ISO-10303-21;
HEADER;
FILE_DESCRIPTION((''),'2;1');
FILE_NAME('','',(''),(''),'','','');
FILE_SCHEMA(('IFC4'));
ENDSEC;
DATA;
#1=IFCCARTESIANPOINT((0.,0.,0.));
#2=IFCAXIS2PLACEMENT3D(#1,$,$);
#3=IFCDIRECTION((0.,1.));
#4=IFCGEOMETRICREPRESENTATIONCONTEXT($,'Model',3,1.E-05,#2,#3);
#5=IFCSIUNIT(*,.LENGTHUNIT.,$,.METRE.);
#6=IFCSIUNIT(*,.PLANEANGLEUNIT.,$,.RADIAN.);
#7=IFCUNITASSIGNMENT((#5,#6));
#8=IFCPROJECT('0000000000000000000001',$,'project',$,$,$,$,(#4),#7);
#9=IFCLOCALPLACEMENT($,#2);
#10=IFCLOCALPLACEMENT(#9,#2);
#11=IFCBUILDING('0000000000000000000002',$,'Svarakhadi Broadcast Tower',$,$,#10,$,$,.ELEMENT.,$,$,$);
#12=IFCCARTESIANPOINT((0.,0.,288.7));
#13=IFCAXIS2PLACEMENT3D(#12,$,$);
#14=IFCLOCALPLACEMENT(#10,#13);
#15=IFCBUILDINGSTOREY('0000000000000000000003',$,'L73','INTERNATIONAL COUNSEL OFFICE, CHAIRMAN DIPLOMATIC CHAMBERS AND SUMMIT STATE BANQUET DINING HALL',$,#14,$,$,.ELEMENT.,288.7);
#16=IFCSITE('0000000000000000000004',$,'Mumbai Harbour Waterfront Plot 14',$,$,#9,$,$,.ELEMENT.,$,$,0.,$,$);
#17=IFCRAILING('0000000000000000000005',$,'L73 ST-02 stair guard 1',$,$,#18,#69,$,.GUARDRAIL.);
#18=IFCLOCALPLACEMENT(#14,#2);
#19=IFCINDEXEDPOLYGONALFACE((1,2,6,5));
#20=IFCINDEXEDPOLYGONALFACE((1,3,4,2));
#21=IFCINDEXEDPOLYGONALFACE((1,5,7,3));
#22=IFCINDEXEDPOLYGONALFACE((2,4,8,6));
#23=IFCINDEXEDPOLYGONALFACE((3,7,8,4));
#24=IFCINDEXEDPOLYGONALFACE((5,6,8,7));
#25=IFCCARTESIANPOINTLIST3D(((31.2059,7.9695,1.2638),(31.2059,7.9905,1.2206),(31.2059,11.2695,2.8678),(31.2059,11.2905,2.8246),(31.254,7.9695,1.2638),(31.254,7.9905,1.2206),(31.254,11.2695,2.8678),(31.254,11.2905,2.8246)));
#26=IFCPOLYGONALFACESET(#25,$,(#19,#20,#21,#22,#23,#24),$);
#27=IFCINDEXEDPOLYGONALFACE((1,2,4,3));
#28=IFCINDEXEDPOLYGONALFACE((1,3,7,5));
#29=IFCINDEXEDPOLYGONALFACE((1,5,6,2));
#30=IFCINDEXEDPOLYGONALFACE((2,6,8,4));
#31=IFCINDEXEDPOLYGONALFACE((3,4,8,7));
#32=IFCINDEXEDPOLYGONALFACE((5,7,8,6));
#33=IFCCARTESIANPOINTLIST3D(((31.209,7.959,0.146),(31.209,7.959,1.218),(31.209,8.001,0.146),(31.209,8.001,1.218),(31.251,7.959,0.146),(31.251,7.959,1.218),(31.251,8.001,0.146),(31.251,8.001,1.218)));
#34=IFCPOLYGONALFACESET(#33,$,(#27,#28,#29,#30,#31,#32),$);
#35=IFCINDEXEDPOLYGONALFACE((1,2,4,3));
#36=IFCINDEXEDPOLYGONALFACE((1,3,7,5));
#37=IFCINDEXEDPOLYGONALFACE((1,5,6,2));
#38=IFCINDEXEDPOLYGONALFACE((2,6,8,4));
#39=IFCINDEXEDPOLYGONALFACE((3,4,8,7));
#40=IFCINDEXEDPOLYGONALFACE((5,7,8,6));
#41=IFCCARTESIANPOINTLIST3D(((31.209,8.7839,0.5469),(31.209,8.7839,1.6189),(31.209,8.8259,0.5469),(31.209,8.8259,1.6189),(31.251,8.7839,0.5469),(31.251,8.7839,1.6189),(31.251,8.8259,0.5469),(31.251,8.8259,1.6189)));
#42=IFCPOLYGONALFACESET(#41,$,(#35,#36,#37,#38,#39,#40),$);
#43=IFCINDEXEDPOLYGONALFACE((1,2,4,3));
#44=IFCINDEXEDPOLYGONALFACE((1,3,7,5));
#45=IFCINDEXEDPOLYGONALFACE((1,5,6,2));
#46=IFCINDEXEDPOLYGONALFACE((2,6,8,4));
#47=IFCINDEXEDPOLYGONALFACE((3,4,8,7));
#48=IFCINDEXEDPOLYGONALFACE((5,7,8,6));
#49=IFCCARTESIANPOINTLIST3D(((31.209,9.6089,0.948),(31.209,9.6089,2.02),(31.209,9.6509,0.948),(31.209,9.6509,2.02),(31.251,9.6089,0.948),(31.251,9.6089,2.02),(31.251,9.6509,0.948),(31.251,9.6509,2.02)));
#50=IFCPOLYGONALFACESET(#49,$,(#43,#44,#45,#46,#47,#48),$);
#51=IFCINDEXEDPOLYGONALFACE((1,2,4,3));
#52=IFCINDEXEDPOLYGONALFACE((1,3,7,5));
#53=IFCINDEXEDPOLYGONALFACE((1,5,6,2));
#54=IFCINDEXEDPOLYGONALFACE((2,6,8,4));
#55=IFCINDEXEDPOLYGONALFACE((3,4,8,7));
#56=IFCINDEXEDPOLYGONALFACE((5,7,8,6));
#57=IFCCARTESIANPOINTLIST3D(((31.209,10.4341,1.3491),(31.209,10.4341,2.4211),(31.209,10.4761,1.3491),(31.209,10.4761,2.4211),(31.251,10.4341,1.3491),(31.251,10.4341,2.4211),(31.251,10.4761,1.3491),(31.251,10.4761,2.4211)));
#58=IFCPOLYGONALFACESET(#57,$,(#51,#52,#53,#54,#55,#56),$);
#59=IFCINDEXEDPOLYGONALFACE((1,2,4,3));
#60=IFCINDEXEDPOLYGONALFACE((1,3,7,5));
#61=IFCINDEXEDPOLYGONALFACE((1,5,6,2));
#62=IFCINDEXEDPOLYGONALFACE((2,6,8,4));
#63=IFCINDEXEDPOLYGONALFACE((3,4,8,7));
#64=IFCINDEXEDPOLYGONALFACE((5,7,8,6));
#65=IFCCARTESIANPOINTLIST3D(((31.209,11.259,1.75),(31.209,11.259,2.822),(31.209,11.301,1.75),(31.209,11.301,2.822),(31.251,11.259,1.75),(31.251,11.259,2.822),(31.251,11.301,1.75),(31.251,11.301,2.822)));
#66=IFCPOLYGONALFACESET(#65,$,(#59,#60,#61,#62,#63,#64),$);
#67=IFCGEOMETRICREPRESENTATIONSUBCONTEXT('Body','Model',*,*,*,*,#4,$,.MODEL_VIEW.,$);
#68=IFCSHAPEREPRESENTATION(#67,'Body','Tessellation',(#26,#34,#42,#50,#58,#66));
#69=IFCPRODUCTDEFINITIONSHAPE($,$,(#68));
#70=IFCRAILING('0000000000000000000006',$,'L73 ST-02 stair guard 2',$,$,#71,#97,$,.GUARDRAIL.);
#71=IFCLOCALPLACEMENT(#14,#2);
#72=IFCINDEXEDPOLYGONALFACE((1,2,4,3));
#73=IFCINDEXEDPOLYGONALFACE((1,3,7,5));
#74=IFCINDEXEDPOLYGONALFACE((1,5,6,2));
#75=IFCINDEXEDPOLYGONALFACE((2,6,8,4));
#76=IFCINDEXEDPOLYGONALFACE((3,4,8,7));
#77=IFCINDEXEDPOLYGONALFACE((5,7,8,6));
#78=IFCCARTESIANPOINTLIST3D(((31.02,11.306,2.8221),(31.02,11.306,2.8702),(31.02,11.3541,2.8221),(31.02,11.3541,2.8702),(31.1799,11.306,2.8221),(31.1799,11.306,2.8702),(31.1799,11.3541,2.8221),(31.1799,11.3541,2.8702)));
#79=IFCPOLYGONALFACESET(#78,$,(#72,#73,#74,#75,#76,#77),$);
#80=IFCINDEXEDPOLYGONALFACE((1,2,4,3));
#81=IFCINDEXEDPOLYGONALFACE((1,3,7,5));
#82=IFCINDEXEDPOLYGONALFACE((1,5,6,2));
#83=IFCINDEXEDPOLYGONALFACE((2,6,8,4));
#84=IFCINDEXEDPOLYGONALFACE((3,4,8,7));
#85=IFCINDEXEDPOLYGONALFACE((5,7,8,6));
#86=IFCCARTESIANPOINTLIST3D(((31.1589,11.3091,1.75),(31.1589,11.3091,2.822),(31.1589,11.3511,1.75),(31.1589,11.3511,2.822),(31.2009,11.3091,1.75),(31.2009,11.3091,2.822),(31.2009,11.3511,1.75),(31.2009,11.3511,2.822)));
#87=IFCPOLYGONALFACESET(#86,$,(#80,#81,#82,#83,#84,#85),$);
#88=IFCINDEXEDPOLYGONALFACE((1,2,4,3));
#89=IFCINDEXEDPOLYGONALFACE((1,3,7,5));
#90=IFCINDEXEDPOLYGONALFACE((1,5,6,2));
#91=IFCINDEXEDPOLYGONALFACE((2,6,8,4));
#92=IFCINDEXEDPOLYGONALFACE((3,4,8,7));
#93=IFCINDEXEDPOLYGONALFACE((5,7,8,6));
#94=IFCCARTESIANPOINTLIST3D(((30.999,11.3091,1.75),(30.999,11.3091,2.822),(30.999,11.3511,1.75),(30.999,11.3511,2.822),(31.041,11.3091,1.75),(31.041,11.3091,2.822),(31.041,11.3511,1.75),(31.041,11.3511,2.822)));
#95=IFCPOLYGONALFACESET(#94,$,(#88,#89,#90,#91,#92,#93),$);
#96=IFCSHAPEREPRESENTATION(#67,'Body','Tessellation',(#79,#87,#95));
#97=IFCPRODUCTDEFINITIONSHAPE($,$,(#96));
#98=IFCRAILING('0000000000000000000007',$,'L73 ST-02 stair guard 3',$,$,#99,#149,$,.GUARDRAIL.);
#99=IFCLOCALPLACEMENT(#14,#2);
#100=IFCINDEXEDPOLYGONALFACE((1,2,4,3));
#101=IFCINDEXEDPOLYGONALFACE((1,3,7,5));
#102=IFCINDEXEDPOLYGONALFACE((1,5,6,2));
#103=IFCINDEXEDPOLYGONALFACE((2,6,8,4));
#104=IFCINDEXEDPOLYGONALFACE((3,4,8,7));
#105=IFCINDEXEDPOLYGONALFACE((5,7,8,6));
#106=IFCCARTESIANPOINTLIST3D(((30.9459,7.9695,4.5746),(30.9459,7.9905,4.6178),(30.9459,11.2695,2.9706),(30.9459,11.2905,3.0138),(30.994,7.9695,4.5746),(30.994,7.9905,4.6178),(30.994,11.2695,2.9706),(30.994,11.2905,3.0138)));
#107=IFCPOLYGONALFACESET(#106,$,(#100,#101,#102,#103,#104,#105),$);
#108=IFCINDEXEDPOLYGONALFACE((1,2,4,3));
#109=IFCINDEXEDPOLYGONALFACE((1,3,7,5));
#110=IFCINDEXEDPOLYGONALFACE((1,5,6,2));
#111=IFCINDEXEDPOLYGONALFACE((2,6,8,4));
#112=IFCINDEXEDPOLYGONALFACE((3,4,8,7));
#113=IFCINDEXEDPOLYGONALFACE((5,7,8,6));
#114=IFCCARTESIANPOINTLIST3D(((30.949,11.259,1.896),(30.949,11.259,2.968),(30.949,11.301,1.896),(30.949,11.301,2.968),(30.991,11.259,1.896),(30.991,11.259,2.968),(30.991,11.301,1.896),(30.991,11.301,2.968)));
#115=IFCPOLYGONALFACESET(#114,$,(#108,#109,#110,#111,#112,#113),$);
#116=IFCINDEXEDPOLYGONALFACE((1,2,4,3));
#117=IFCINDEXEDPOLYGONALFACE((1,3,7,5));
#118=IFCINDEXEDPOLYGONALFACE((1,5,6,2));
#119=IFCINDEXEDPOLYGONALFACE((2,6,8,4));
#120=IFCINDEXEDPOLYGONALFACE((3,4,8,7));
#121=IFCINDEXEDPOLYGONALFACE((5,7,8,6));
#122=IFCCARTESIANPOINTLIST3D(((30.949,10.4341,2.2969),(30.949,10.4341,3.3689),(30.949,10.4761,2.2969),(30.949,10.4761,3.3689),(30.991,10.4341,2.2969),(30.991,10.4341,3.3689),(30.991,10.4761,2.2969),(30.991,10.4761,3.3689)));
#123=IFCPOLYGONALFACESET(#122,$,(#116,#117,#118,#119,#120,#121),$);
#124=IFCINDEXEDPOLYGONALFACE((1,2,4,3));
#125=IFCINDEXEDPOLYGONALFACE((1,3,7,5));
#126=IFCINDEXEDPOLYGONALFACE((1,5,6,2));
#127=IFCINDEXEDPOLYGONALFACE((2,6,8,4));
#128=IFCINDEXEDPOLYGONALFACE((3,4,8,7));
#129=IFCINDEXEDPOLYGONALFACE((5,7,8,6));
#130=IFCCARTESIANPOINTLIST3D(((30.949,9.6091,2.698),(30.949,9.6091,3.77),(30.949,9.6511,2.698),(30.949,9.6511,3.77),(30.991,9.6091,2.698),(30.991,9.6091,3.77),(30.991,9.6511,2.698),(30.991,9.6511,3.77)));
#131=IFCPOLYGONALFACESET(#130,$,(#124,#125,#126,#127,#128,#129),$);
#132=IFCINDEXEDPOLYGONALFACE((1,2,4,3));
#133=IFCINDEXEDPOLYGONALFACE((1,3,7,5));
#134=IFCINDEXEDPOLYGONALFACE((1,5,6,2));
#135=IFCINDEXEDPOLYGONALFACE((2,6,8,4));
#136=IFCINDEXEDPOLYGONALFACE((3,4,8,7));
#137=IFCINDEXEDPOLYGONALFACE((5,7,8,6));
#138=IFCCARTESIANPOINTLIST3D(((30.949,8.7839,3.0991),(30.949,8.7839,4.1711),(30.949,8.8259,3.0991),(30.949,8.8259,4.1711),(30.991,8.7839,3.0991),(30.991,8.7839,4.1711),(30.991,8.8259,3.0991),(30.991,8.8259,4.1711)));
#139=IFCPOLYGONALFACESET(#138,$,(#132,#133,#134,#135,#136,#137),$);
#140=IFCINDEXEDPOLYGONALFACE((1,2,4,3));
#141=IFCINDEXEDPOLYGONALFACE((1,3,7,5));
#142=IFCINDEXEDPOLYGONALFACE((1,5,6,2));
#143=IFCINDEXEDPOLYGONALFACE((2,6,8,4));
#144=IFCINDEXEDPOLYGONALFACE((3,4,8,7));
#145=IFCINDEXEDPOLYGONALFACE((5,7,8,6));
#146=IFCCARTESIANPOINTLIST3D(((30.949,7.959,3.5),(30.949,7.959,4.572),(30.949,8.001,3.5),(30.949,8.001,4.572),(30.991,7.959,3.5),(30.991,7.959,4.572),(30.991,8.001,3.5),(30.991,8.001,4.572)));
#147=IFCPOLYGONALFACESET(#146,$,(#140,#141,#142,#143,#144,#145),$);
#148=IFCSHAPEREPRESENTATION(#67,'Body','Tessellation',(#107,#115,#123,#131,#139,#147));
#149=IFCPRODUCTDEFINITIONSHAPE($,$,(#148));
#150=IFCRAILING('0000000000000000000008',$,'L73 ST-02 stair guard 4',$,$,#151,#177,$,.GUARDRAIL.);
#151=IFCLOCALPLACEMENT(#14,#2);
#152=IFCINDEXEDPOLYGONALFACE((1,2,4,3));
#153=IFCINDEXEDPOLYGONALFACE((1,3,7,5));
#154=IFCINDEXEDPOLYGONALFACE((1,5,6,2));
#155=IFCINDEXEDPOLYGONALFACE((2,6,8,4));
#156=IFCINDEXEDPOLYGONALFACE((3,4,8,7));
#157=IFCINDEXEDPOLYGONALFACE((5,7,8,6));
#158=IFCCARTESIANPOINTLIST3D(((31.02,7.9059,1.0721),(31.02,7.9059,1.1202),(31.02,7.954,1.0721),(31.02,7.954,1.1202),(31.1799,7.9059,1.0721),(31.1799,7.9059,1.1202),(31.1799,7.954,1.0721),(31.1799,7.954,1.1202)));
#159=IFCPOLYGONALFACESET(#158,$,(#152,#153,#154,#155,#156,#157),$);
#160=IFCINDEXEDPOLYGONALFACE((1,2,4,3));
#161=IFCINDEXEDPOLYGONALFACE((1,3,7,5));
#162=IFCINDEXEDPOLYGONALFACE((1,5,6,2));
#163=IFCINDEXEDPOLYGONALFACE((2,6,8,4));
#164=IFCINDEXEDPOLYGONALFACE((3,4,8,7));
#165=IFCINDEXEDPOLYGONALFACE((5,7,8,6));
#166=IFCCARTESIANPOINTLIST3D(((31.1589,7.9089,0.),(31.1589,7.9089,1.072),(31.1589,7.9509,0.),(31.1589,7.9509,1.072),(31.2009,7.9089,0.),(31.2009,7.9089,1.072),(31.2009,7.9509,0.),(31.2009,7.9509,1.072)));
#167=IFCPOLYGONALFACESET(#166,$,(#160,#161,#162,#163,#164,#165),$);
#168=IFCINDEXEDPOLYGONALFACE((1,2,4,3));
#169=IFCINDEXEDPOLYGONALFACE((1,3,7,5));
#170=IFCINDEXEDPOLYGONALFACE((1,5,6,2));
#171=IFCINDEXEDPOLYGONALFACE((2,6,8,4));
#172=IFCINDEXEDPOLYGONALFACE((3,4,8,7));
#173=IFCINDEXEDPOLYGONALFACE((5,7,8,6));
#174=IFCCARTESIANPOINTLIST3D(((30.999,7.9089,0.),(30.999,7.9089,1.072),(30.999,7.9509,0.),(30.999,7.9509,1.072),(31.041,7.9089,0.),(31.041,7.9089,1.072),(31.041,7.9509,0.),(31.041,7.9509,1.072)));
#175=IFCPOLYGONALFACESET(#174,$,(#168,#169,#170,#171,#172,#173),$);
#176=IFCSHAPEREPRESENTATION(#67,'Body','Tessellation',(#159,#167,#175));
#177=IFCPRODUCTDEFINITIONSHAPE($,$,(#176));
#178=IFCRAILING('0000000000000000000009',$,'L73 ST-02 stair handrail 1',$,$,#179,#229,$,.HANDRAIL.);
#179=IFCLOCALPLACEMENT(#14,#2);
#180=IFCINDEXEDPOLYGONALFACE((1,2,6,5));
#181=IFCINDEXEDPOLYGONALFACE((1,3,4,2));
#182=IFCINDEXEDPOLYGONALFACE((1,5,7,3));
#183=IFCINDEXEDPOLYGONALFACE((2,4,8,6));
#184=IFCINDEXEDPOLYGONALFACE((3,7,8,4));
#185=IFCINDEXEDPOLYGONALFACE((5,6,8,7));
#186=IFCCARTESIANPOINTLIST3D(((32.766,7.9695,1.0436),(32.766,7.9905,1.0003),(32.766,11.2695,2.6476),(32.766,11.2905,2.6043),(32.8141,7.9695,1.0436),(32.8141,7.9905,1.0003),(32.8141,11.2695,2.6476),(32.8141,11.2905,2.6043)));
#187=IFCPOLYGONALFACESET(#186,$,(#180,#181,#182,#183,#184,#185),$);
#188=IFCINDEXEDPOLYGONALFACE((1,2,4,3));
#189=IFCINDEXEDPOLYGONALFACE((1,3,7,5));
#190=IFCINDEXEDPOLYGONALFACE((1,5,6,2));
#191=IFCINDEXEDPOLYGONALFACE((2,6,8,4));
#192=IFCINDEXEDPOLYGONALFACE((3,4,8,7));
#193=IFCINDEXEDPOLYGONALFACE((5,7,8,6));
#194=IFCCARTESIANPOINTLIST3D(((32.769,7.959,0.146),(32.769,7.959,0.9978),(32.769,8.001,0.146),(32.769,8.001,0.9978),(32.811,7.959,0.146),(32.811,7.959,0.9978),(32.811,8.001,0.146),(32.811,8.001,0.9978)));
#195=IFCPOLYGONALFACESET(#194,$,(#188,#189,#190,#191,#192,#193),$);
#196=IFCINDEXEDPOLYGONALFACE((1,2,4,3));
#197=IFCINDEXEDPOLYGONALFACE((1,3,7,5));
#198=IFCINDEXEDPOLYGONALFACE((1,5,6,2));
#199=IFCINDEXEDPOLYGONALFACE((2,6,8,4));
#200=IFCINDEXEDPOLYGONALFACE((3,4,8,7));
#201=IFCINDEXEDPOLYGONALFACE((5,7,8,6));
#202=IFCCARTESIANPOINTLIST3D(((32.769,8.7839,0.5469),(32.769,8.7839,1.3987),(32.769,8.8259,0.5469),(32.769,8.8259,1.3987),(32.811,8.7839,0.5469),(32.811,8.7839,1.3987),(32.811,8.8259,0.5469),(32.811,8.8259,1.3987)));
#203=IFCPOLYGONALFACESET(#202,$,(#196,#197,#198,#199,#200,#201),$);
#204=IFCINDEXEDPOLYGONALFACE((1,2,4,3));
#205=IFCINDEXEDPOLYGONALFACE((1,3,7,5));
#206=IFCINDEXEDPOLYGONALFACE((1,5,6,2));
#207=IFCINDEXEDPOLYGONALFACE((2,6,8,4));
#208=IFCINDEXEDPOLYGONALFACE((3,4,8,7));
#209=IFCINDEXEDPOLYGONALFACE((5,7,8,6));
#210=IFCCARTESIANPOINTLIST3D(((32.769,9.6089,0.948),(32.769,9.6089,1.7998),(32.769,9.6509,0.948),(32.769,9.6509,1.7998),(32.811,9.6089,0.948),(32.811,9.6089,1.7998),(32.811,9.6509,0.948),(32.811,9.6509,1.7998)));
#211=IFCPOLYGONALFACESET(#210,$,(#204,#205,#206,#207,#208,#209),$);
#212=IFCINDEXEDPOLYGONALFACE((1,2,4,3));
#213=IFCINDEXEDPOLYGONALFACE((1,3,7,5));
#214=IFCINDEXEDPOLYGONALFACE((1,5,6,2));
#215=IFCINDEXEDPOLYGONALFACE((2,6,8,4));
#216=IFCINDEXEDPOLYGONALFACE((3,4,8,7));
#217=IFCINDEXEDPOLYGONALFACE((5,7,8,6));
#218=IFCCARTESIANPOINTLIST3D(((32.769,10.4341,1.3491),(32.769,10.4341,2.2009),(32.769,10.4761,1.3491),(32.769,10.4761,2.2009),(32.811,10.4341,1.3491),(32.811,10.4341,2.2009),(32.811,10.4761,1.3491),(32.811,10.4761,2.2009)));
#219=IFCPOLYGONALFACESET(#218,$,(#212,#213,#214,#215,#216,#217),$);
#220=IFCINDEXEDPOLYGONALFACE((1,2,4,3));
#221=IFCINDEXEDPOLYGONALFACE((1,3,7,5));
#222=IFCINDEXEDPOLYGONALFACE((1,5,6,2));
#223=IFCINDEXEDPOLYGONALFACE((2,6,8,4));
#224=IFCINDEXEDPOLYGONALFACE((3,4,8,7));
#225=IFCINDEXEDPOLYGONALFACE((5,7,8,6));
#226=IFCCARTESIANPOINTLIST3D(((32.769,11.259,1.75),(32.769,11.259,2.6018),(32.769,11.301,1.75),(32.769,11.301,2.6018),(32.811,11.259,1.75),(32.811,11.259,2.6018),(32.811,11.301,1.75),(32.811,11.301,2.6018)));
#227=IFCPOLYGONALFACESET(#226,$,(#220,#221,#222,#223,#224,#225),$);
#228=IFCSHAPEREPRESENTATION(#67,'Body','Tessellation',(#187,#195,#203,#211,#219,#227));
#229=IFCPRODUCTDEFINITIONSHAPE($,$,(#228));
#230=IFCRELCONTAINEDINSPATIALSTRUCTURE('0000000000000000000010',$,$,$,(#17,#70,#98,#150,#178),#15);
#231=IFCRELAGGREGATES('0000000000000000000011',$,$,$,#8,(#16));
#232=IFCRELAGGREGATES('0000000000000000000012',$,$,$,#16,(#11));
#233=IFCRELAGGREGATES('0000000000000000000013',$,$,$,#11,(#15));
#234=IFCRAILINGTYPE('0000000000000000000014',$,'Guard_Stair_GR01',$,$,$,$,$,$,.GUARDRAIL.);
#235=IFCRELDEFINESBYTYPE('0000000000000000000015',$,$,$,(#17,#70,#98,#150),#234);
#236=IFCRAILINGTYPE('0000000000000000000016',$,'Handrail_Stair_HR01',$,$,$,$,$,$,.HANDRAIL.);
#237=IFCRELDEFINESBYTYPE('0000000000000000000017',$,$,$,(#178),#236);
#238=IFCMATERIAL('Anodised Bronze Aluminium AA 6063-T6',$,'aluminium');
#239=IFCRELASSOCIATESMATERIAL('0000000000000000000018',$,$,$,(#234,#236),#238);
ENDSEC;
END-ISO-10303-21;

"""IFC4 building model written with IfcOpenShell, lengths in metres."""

from ifc_helpers import new_model, si_unit, direction, frame, origin, origin_2d, place, context, subcontext, project, spatial, rectangle, extrude, material, type_object, element, save


model = new_model("IFC4")

# Units and contexts
model_context = context("Model", 3, precision=1e-05, world=origin(), true_north=direction((0.0, 1.0)))
body_context = subcontext(model_context, "Body", "Model", "MODEL_VIEW")
ifc_project = project(units=[si_unit("LENGTHUNIT", "METRE"), si_unit("PLANEANGLEUNIT", "RADIAN")], contexts=[model_context])

# Site, building, storey
site_placement = place(None, origin())
site = spatial("IfcSite", under=ifc_project, at=site_placement, Name="Mumbai Harbour Waterfront Plot 14", CompositionType="ELEMENT", RefElevation=0.0)
building_placement = place(site_placement, origin())
building = spatial("IfcBuilding", under=site, at=building_placement, Name="Svarakhadi Broadcast Tower", CompositionType="ELEMENT")
storey_placement = place(building_placement, frame((0.0, 0.0, 288.7)))
storey = spatial("IfcBuildingStorey", under=building, at=storey_placement, Name="L73", Description="INTERNATIONAL COUNSEL OFFICE, CHAIRMAN DIPLOMATIC CHAMBERS AND SUMMIT STATE BANQUET DINING HALL", CompositionType="ELEMENT", Elevation=288.7)

# Shared definitions
ifc_material_1 = material(Name="Anodised Bronze Aluminium AA 6063-T6", Category="aluminium")

# Railings
railing_type_1 = type_object("IfcRailingType", Name="Guard_Stair_GR01", PredefinedType="GUARDRAIL", material=ifc_material_1)
railing_1_placement = place(storey_placement, frame((31.23, 7.98, 0.146)))
element("IfcRailing", 1, at=railing_1_placement, inside=storey, type_object=railing_type_1, Name="L73 ST-02 stair guard 1", PredefinedType="GUARDRAIL", context=body_context, shape_type="SweptSolid", body=[
    extrude(rectangle(XDim=0.0481, YDim=0.0481, at=origin_2d()), frame((0.0, 0.0, 1.0962), z_axis=(0.0, 0.899388, 0.437152), x_axis=(-1.0, 0.0, 0.0)), (0.0, 0.0, 1.0), 3.6692),
    extrude(rectangle(XDim=0.042, YDim=0.042, at=origin_2d()), origin(), (0.0, 0.0, 1.0), 1.072),
    extrude(rectangle(XDim=0.042, YDim=0.042, at=origin_2d()), frame((0.0, 0.825, 0.4009)), (0.0, 0.0, 1.0), 1.072),
    extrude(rectangle(XDim=0.042, YDim=0.042, at=origin_2d()), frame((0.0, 1.6499, 0.802)), (0.0, 0.0, 1.0), 1.072),
    extrude(rectangle(XDim=0.042, YDim=0.042, at=origin_2d()), frame((0.0, 2.4751, 1.2031)), (0.0, 0.0, 1.0), 1.072),
    extrude(rectangle(XDim=0.042, YDim=0.042, at=origin_2d()), frame((0.0, 3.3, 1.604)), (0.0, 0.0, 1.0), 1.072),
])
railing_2_placement = place(storey_placement, frame((31.1799, 11.3301, 1.75)))
element("IfcRailing", 2, at=railing_2_placement, inside=storey, type_object=railing_type_1, Name="L73 ST-02 stair guard 2", PredefinedType="GUARDRAIL", context=body_context, shape_type="SweptSolid", body=[
    extrude(rectangle(XDim=0.0481, YDim=0.0481, at=origin_2d()), frame((0.0, 0.0, 1.0962), z_axis=(-1.0, 0.0, 0.0), x_axis=(0.0, -1.0, 0.0)), (0.0, 0.0, 1.0), 0.1599),
    extrude(rectangle(XDim=0.042, YDim=0.042, at=origin_2d()), origin(), (0.0, 0.0, 1.0), 1.072),
    extrude(rectangle(XDim=0.042, YDim=0.042, at=origin_2d()), frame((-0.1599, 0.0, 0.0)), (0.0, 0.0, 1.0), 1.072),
])
railing_3_placement = place(storey_placement, frame((30.97, 11.28, 1.896)))
element("IfcRailing", 3, at=railing_3_placement, inside=storey, type_object=railing_type_1, Name="L73 ST-02 stair guard 3", PredefinedType="GUARDRAIL", context=body_context, shape_type="SweptSolid", body=[
    extrude(rectangle(XDim=0.0481, YDim=0.0481, at=origin_2d()), frame((0.0, 0.0, 1.0962), z_axis=(0.0, -0.899388, 0.437152), x_axis=(1.0, 0.0, 0.0)), (0.0, 0.0, 1.0), 3.6692),
    extrude(rectangle(XDim=0.042, YDim=0.042, at=origin_2d()), origin(), (0.0, 0.0, 1.0), 1.072),
    extrude(rectangle(XDim=0.042, YDim=0.042, at=origin_2d()), frame((0.0, -0.825, 0.4009)), (0.0, 0.0, 1.0), 1.072),
    extrude(rectangle(XDim=0.042, YDim=0.042, at=origin_2d()), frame((0.0, -1.6499, 0.802)), (0.0, 0.0, 1.0), 1.072),
    extrude(rectangle(XDim=0.042, YDim=0.042, at=origin_2d()), frame((0.0, -2.4751, 1.2031)), (0.0, 0.0, 1.0), 1.072),
    extrude(rectangle(XDim=0.042, YDim=0.042, at=origin_2d()), frame((0.0, -3.3, 1.604)), (0.0, 0.0, 1.0), 1.072),
])
railing_4_placement = place(storey_placement, frame((31.1799, 7.9299, 0.0)))
element("IfcRailing", 4, at=railing_4_placement, inside=storey, type_object=railing_type_1, Name="L73 ST-02 stair guard 4", PredefinedType="GUARDRAIL", context=body_context, shape_type="SweptSolid", body=[
    extrude(rectangle(XDim=0.0481, YDim=0.0481, at=origin_2d()), frame((0.0, 0.0, 1.0962), z_axis=(-1.0, 0.0, 0.0), x_axis=(0.0, -1.0, 0.0)), (0.0, 0.0, 1.0), 0.1599),
    extrude(rectangle(XDim=0.042, YDim=0.042, at=origin_2d()), origin(), (0.0, 0.0, 1.0), 1.072),
    extrude(rectangle(XDim=0.042, YDim=0.042, at=origin_2d()), frame((-0.1599, 0.0, 0.0)), (0.0, 0.0, 1.0), 1.072),
])
railing_type_2 = type_object("IfcRailingType", Name="Handrail_Stair_HR01", PredefinedType="HANDRAIL", material=ifc_material_1)
railing_5_placement = place(storey_placement, frame((32.79, 7.98, 0.146)))
element("IfcRailing", 5, at=railing_5_placement, inside=storey, type_object=railing_type_2, Name="L73 ST-02 stair handrail 1", PredefinedType="HANDRAIL", context=body_context, shape_type="SweptSolid", body=[
    extrude(rectangle(XDim=0.0481, YDim=0.0481, at=origin_2d()), frame((0.0, 0.0, 0.876), z_axis=(0.0, 0.899388, 0.437152), x_axis=(-1.0, 0.0, 0.0)), (0.0, 0.0, 1.0), 3.6692),
    extrude(rectangle(XDim=0.042, YDim=0.042, at=origin_2d()), origin(), (0.0, 0.0, 1.0), 0.8518),
    extrude(rectangle(XDim=0.042, YDim=0.042, at=origin_2d()), frame((0.0, 0.825, 0.4009)), (0.0, 0.0, 1.0), 0.8518),
    extrude(rectangle(XDim=0.042, YDim=0.042, at=origin_2d()), frame((0.0, 1.6499, 0.802)), (0.0, 0.0, 1.0), 0.8518),
    extrude(rectangle(XDim=0.042, YDim=0.042, at=origin_2d()), frame((0.0, 2.4751, 1.2031)), (0.0, 0.0, 1.0), 0.8518),
    extrude(rectangle(XDim=0.042, YDim=0.042, at=origin_2d()), frame((0.0, 3.3, 1.604)), (0.0, 0.0, 1.0), 0.8518),
])

save(model, "model.ifc")
